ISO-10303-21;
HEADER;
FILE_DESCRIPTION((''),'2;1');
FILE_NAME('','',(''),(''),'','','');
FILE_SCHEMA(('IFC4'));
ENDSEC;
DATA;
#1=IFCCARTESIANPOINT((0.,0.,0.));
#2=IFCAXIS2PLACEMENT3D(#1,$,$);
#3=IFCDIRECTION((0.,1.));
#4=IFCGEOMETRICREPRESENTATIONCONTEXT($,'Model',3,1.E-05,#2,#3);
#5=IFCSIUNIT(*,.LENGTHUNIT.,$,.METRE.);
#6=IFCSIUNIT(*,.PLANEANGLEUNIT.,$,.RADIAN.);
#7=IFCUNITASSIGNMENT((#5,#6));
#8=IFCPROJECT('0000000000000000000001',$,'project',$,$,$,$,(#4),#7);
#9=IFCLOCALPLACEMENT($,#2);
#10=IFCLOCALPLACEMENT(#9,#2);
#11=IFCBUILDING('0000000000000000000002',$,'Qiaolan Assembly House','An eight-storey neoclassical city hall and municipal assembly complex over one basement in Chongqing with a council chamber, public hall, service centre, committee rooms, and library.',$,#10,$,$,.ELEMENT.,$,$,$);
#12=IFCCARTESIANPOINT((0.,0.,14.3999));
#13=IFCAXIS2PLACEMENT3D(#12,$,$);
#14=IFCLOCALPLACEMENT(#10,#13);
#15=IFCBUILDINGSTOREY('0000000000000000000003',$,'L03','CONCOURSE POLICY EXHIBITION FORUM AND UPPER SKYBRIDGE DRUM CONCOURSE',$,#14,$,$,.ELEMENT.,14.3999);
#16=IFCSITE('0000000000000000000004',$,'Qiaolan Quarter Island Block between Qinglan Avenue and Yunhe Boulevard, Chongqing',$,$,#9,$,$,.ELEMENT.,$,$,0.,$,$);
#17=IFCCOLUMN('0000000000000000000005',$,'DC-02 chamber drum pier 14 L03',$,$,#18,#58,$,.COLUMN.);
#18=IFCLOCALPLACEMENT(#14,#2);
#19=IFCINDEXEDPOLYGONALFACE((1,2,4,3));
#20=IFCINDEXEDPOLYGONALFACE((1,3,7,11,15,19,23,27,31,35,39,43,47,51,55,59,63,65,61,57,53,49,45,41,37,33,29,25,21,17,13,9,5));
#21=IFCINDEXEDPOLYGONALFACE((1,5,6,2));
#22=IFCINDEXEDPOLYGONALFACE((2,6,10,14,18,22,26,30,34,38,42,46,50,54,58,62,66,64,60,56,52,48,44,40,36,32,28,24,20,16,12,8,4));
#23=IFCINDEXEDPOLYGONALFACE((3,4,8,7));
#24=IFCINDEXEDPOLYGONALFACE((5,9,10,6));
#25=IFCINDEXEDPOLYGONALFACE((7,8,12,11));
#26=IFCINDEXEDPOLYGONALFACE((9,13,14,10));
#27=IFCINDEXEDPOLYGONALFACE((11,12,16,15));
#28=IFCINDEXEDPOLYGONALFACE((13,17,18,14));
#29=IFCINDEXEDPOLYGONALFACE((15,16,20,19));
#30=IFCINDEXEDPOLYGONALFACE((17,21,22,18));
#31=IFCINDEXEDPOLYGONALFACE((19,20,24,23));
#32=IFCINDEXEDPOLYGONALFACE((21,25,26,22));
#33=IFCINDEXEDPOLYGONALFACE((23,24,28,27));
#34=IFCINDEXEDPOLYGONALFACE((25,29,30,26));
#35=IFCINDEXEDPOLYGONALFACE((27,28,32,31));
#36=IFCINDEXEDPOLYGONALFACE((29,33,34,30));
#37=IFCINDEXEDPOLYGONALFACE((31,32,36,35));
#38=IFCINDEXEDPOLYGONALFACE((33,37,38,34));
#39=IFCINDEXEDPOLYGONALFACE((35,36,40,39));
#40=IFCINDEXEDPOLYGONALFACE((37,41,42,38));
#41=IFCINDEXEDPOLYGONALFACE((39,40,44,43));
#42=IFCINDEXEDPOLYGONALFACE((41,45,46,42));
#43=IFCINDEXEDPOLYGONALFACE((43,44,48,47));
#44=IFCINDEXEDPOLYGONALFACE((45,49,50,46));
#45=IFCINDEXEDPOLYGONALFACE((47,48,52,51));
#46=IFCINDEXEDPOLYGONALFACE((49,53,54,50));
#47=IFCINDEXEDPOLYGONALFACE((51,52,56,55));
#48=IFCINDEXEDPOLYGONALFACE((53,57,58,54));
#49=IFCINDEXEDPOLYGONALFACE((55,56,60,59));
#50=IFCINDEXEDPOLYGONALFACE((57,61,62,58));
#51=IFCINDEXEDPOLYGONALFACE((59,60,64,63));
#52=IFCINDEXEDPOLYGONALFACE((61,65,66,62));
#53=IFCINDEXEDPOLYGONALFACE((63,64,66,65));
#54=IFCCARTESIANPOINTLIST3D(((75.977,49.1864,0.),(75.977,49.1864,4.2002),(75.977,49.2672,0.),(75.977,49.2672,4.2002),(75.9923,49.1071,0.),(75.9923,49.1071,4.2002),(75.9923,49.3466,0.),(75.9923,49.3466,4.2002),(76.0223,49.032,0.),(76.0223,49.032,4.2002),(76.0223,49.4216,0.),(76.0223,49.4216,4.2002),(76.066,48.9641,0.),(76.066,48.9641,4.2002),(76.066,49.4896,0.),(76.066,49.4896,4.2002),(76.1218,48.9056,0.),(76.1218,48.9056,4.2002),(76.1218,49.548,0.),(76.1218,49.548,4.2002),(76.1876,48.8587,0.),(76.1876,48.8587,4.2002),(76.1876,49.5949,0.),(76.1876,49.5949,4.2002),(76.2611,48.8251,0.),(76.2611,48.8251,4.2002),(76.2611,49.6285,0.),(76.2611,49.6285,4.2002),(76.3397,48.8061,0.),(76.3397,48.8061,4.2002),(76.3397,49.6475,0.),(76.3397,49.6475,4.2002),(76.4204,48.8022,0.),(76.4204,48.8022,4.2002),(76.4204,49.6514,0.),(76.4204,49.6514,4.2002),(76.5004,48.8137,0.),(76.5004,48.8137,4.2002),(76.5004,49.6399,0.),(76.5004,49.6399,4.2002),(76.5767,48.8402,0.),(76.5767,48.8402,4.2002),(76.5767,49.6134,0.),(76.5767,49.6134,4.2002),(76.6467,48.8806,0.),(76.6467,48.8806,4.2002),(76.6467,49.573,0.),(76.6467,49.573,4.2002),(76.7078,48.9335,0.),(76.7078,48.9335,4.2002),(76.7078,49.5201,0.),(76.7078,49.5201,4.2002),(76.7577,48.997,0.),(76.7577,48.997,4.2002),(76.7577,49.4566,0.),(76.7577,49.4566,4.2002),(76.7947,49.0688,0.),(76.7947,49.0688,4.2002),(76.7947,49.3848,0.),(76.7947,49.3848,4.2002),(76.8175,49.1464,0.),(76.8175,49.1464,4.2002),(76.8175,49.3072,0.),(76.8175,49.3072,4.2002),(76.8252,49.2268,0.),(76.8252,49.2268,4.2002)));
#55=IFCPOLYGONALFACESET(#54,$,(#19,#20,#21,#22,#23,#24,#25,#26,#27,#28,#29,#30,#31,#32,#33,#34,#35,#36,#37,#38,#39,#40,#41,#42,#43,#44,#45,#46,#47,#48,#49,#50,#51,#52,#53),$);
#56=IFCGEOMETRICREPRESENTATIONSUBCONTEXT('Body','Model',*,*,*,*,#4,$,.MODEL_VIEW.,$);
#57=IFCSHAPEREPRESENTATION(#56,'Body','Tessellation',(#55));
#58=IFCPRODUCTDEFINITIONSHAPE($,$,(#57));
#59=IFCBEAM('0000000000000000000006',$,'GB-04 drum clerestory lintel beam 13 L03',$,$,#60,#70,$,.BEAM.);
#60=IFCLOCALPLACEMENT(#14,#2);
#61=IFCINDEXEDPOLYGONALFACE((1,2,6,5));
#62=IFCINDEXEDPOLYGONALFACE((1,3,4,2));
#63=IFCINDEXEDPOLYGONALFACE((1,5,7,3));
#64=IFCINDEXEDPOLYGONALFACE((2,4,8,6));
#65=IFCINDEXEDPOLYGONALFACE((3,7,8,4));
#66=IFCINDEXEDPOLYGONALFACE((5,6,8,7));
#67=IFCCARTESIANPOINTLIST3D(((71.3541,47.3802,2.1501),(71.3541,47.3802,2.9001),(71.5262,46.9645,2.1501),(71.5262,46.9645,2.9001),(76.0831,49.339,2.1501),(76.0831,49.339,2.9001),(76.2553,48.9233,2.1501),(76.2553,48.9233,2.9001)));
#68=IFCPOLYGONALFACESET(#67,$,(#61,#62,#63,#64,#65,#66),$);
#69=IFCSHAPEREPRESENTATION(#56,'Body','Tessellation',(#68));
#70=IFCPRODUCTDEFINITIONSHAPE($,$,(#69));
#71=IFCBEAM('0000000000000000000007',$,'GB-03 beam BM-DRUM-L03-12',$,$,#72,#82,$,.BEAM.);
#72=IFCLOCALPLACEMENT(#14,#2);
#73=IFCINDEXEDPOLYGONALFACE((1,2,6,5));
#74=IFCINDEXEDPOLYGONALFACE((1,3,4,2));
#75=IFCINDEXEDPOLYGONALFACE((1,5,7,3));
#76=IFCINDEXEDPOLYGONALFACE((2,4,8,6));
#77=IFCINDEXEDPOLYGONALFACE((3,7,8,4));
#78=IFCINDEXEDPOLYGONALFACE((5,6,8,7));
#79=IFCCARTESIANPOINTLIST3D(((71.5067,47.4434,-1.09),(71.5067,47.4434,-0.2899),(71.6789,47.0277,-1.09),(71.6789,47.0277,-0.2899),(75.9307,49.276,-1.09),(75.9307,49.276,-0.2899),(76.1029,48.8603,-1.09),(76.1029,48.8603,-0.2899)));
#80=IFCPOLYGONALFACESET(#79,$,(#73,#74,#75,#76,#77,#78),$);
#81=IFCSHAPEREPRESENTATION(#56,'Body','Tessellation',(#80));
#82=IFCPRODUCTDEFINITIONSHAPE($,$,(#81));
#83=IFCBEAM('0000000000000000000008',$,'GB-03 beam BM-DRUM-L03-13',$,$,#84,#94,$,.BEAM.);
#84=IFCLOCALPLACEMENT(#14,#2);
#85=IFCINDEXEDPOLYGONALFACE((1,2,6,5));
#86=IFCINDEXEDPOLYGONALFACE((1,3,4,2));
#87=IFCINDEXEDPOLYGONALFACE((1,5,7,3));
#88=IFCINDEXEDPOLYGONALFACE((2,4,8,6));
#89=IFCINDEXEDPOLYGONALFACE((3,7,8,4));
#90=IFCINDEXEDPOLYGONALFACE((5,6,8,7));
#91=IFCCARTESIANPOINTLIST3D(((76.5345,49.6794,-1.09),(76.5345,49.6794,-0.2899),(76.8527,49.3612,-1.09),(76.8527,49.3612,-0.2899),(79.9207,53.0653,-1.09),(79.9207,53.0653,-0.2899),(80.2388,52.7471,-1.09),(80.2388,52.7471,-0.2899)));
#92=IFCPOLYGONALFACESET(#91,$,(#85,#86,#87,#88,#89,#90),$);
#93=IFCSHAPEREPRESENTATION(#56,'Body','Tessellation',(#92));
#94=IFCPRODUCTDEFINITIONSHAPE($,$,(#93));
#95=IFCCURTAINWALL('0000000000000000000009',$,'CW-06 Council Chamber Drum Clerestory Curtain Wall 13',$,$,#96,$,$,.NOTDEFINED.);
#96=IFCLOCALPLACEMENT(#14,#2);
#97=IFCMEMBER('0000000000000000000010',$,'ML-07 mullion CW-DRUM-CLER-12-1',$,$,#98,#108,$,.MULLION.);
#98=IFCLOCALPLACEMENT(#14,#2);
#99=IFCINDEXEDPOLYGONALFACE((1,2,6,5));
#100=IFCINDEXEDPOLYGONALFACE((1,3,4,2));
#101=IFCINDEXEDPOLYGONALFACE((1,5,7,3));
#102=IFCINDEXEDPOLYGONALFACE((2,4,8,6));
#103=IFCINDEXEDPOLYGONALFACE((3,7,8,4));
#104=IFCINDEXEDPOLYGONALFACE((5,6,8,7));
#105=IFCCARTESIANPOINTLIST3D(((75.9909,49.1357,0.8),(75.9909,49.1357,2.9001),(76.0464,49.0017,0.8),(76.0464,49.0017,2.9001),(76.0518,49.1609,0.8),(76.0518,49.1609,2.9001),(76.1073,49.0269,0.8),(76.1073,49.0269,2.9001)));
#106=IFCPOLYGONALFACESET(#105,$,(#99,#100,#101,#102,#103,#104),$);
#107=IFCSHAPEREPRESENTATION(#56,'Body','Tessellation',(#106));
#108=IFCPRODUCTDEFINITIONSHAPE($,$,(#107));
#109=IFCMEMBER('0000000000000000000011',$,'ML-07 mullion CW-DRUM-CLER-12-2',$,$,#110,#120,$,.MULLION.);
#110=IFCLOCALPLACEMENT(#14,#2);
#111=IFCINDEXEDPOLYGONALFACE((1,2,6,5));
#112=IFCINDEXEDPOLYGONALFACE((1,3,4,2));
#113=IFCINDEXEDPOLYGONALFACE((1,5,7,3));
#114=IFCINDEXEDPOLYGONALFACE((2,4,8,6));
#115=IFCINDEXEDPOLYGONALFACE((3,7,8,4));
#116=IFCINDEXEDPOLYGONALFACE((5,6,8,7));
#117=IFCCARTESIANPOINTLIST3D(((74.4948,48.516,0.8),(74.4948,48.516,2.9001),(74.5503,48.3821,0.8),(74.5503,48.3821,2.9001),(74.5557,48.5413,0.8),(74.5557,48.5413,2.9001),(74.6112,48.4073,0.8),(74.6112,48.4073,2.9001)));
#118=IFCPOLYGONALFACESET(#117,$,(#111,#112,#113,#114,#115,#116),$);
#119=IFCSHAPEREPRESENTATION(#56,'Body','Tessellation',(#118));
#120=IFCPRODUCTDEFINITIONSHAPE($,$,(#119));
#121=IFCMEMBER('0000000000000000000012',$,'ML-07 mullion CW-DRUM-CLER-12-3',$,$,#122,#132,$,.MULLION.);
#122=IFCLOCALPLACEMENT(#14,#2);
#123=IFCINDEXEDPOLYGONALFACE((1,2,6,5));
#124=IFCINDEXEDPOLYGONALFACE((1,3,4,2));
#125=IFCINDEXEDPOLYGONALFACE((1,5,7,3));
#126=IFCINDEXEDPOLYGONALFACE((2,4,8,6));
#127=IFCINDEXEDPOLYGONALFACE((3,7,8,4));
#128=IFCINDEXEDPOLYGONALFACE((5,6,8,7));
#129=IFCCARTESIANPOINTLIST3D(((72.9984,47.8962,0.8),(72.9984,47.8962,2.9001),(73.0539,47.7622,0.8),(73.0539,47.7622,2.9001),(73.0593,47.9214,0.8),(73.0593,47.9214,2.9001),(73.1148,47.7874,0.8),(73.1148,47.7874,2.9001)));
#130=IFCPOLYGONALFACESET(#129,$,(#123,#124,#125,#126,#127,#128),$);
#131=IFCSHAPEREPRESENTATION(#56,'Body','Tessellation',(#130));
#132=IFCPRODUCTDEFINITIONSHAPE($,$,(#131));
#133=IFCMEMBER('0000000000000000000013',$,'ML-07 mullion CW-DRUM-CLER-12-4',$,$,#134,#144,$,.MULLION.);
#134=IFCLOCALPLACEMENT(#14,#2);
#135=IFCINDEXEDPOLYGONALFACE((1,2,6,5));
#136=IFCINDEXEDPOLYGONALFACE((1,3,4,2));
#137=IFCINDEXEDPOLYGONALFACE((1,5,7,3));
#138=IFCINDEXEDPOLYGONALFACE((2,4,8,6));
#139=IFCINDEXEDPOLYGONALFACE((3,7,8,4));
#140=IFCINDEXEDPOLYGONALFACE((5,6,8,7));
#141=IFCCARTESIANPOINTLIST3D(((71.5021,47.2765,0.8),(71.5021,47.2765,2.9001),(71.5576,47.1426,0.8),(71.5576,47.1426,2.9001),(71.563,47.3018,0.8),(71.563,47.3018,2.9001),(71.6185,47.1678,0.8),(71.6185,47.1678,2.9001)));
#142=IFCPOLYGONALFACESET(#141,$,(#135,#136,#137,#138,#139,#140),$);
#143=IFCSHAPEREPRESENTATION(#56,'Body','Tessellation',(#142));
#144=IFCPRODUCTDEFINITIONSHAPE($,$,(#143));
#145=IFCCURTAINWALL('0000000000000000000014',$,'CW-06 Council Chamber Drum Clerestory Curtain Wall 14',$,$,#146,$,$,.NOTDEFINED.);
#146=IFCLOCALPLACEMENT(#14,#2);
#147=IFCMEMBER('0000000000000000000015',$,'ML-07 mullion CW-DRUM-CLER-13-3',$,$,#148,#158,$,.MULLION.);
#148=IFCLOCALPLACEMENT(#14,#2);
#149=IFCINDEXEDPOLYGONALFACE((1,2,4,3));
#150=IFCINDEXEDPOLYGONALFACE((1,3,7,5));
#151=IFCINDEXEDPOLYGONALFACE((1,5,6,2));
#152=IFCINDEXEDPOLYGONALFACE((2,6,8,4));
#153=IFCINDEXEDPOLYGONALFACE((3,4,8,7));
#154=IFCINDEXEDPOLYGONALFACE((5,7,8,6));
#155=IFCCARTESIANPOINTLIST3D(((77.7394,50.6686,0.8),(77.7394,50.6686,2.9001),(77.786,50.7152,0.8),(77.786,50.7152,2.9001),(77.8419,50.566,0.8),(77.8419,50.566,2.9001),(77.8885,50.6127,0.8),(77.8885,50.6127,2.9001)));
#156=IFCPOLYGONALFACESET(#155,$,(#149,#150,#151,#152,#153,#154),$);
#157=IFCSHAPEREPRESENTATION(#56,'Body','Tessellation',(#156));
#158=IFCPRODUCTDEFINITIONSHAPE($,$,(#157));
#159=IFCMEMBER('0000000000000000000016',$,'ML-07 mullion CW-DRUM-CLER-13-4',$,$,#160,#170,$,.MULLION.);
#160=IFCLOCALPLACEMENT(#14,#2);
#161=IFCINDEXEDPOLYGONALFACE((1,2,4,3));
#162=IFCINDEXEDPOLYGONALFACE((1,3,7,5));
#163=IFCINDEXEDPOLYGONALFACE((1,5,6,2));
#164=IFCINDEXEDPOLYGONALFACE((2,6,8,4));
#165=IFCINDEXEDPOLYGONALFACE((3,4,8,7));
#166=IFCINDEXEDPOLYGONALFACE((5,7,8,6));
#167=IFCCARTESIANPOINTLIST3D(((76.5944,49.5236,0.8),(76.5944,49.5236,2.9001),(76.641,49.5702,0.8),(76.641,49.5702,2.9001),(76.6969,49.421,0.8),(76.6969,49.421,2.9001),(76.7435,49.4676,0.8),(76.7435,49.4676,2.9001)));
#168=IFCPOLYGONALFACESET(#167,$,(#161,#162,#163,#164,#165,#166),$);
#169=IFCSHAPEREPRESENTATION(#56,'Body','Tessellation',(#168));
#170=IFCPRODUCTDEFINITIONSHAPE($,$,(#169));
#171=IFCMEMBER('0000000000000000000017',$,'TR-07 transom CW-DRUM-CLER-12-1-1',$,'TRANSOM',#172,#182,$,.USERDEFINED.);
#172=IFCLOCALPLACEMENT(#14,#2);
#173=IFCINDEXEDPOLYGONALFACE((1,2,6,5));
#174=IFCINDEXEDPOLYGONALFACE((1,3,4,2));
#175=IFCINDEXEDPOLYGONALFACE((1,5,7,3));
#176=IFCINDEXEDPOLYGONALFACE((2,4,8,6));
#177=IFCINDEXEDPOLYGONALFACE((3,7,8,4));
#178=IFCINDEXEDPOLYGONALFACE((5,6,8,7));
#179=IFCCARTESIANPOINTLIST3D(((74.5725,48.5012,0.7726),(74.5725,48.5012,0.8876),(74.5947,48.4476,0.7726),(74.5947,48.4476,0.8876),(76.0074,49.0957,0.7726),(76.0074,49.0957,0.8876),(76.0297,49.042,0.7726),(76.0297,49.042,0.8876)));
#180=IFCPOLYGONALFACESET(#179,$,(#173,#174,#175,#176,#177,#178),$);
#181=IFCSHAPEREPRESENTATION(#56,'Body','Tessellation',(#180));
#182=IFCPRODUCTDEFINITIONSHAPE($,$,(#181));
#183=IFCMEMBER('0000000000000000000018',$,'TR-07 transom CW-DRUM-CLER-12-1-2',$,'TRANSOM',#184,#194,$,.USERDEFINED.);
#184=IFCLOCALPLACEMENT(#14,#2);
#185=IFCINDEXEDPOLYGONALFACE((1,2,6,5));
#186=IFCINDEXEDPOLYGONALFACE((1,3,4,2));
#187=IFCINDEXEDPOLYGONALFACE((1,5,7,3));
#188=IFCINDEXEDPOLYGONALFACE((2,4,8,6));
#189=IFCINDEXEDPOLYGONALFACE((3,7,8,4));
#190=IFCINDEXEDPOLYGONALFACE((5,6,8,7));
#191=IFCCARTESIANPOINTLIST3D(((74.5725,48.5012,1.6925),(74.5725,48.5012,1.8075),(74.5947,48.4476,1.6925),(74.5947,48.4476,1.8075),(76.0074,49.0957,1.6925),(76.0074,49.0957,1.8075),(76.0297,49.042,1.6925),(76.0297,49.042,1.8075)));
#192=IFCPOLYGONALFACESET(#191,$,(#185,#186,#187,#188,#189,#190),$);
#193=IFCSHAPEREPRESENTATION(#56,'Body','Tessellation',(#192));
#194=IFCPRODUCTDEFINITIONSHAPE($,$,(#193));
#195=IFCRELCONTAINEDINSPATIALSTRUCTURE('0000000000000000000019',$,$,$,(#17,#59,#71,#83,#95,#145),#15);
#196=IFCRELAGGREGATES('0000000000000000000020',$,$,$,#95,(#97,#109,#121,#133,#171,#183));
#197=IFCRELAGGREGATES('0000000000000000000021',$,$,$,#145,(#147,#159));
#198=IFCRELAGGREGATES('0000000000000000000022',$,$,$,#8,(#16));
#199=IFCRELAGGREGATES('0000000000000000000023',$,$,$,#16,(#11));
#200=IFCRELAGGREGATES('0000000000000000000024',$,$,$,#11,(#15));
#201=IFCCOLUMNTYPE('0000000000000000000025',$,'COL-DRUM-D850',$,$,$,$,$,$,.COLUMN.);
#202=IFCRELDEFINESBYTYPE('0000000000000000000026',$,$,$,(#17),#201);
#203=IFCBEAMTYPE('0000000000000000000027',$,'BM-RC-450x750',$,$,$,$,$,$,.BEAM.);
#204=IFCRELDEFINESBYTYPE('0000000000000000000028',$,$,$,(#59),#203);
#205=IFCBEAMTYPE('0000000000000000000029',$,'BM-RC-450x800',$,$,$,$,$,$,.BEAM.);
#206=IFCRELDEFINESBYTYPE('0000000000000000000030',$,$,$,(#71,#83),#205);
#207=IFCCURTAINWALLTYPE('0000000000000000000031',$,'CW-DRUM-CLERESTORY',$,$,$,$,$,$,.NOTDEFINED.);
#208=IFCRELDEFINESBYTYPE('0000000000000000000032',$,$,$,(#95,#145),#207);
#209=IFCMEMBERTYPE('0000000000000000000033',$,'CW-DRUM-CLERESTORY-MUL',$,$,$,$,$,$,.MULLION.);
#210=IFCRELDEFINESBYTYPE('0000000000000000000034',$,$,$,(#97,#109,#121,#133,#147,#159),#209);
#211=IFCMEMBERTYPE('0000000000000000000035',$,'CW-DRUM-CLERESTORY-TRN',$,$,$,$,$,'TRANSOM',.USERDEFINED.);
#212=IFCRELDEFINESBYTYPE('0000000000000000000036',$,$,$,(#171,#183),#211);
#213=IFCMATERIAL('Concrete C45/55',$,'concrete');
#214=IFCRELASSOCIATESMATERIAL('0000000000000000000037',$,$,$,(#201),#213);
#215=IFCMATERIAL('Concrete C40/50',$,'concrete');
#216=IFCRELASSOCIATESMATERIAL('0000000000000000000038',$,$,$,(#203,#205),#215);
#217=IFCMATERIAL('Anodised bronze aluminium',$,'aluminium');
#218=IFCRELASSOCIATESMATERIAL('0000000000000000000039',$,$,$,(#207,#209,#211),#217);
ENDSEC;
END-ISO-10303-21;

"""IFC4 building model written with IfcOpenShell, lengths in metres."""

from ifc_helpers import new_model, si_unit, direction, frame, origin, origin_2d, place, context, subcontext, project, spatial, rectangle, circle, extrude, material, material_profile, profile_set, type_object, element, aggregate, save


model = new_model("IFC4")

# Units and contexts
model_context = context("Model", 3, precision=1e-05, world=origin(), true_north=direction((0.0, 1.0)))
body_context = subcontext(model_context, "Body", "Model", "MODEL_VIEW")
ifc_project = project(units=[si_unit("LENGTHUNIT", "METRE"), si_unit("PLANEANGLEUNIT", "RADIAN")], contexts=[model_context])

# Site, building, storey
site_placement = place(None, origin())
site = spatial("IfcSite", under=ifc_project, at=site_placement, Name="Qiaolan Quarter Island Block between Qinglan Avenue and Yunhe Boulevard, Chongqing", CompositionType="ELEMENT", RefElevation=0.0)
building_placement = place(site_placement, origin())
building = spatial("IfcBuilding", under=site, at=building_placement, Name="Qiaolan Assembly House", Description="An eight-storey neoclassical city hall and municipal assembly complex over one basement in Chongqing with a council chamber, public hall, service centre, committee rooms, and library.", CompositionType="ELEMENT")
storey_placement = place(building_placement, frame((0.0, 0.0, 14.3999)))
storey = spatial("IfcBuildingStorey", under=building, at=storey_placement, Name="L03", Description="CONCOURSE POLICY EXHIBITION FORUM AND UPPER SKYBRIDGE DRUM CONCOURSE", CompositionType="ELEMENT", Elevation=14.3999)

# Column
ifc_material_1 = material(Name="Concrete C45/55", Category="concrete")
ifc_material_profile_1 = material_profile(ifc_material_1, circle(Radius=0.425, at=origin_2d()), Name="CIRC D850")
ifc_profile_set_1 = profile_set([ifc_material_profile_1], Name="Concrete C45/55")
column_type = type_object("IfcColumnType", Name="COL-DRUM-D850", PredefinedType="COLUMN", material=ifc_profile_set_1)
column_placement = place(storey_placement, frame((76.4001, 49.2268, 0.0), z_axis=(0.0, 0.0, 1.0), x_axis=(1.0, 0.0, 0.0)))
element("IfcColumn", 1, at=column_placement, inside=storey, type_object=column_type, Name="DC-02 chamber drum pier 14 L03", PredefinedType="COLUMN", context=body_context, shape_type="SweptSolid", body=[
    extrude(circle(Radius=0.425, at=origin_2d()), origin(), (0.0, 0.0, 1.0), 4.2002),
])

# Beams
ifc_material_2 = material(Name="Concrete C40/50", Category="concrete")
ifc_material_profile_2 = material_profile(ifc_material_2, rectangle(XDim=0.45, YDim=0.75, at=origin_2d()), Name="RCB 450x750")
ifc_profile_set_2 = profile_set([ifc_material_profile_2], Name="Concrete C40/50")
beam_type_1 = type_object("IfcBeamType", Name="BM-RC-450x750", PredefinedType="BEAM", material=ifc_profile_set_2)
beam_placement = place(storey_placement, frame((76.1692, 49.1311, 2.5251), z_axis=(-0.923885, -0.382671, 0.0), x_axis=(0.382671, -0.923885, 0.0)))
element("IfcBeam", 2, at=beam_placement, inside=storey, type_object=beam_type_1, Name="GB-04 drum clerestory lintel beam 13 L03", PredefinedType="BEAM", context=body_context, shape_type="SweptSolid", body=[
    extrude(rectangle(XDim=0.45, YDim=0.75, at=origin_2d()), origin(), (0.0, 0.0, 1.0), 5.1187),
])
ifc_material_profile_3 = material_profile(ifc_material_2, rectangle(XDim=0.45, YDim=0.8, at=origin_2d()), Name="RCB 450x800")
ifc_profile_set_3 = profile_set([ifc_material_profile_3], Name="Concrete C40/50")
beam_type_2 = type_object("IfcBeamType", Name="BM-RC-450x800", PredefinedType="BEAM", material=ifc_profile_set_3)
for number, where, z_axis, x_axis, name in (
    (3, (71.5928, 47.2356, -0.6899), (0.923879, 0.382685, 0.0), (-0.382685, 0.923879, 0.0), "GB-03 beam BM-DRUM-L03-12"),
    (4, (76.6936, 49.5203, -0.6899), (0.707132, 0.707081, 0.0), (-0.707081, 0.707132, 0.0), "GB-03 beam BM-DRUM-L03-13"),
):
    element("IfcBeam", number, at=place(storey_placement, frame(where, z_axis=z_axis, x_axis=x_axis)), inside=storey, type_object=beam_type_2, Name=name, PredefinedType="BEAM", context=body_context, shape_type="SweptSolid", body=[
        extrude(rectangle(XDim=0.45, YDim=0.8, at=origin_2d()), origin(), (0.0, 0.0, 1.0), 4.7886),
    ])

# Curtain walls, members
ifc_material_3 = material(Name="Anodised bronze aluminium", Category="aluminium")
curtain_wall_type = type_object("IfcCurtainWallType", Name="CW-DRUM-CLERESTORY", PredefinedType="NOTDEFINED", material=ifc_material_3)
curtain_wall_1_placement = place(storey_placement, origin())
curtain_wall_1 = element("IfcCurtainWall", 5, at=curtain_wall_1_placement, inside=storey, type_object=curtain_wall_type, Name="CW-06 Council Chamber Drum Clerestory Curtain Wall 13", PredefinedType="NOTDEFINED")
ifc_material_profile_4 = material_profile(ifc_material_3, rectangle(XDim=0.0659, YDim=0.145, at=origin_2d()), Name="MUL 66x145")
ifc_profile_set_4 = profile_set([ifc_material_profile_4], Name="Anodised bronze aluminium")
member_type_1 = type_object("IfcMemberType", Name="CW-DRUM-CLERESTORY-MUL", PredefinedType="MULLION", material=ifc_profile_set_4)
member_1_placement = place(storey_placement, frame((76.0491, 49.0813, 0.8), z_axis=(0.0, 0.0, 1.0), x_axis=(-0.92388, -0.382683, 0.0)))
member_1 = element("IfcMember", 6, at=member_1_placement, type_object=member_type_1, Name="ML-07 mullion CW-DRUM-CLER-12-1", PredefinedType="MULLION", context=body_context, shape_type="SweptSolid", body=[
    extrude(rectangle(XDim=0.0659, YDim=0.145, at=origin_2d()), origin(), (0.0, 0.0, 1.0), 2.1001),
])
member_2_placement = place(storey_placement, frame((74.553, 48.4617, 0.8), z_axis=(0.0, 0.0, 1.0), x_axis=(-0.92388, -0.382683, 0.0)))
member_2 = element("IfcMember", 7, at=member_2_placement, type_object=member_type_1, Name="ML-07 mullion CW-DRUM-CLER-12-2", PredefinedType="MULLION", context=body_context, shape_type="SweptSolid", body=[
    extrude(rectangle(XDim=0.0659, YDim=0.145, at=origin_2d()), origin(), (0.0, 0.0, 1.0), 2.1001),
])
member_3_placement = place(storey_placement, frame((73.0566, 47.8418, 0.8), z_axis=(0.0, 0.0, 1.0), x_axis=(-0.92388, -0.382683, 0.0)))
member_3 = element("IfcMember", 8, at=member_3_placement, type_object=member_type_1, Name="ML-07 mullion CW-DRUM-CLER-12-3", PredefinedType="MULLION", context=body_context, shape_type="SweptSolid", body=[
    extrude(rectangle(XDim=0.0659, YDim=0.145, at=origin_2d()), origin(), (0.0, 0.0, 1.0), 2.1001),
])
member_4_placement = place(storey_placement, frame((71.5603, 47.2222, 0.8), z_axis=(0.0, 0.0, 1.0), x_axis=(-0.92388, -0.382683, 0.0)))
member_4 = element("IfcMember", 9, at=member_4_placement, type_object=member_type_1, Name="ML-07 mullion CW-DRUM-CLER-12-4", PredefinedType="MULLION", context=body_context, shape_type="SweptSolid", body=[
    extrude(rectangle(XDim=0.0659, YDim=0.145, at=origin_2d()), origin(), (0.0, 0.0, 1.0), 2.1001),
])
curtain_wall_2_placement = place(storey_placement, origin())
curtain_wall_2 = element("IfcCurtainWall", 10, at=curtain_wall_2_placement, inside=storey, type_object=curtain_wall_type, Name="CW-06 Council Chamber Drum Clerestory Curtain Wall 14", PredefinedType="NOTDEFINED")
member_5_placement = place(storey_placement, frame((77.814, 50.6406, 0.8), z_axis=(0.0, 0.0, 1.0), x_axis=(-0.707107, -0.707107, 0.0)))
member_5 = element("IfcMember", 11, at=member_5_placement, type_object=member_type_1, Name="ML-07 mullion CW-DRUM-CLER-13-3", PredefinedType="MULLION", context=body_context, shape_type="SweptSolid", body=[
    extrude(rectangle(XDim=0.0659, YDim=0.145, at=origin_2d()), origin(), (0.0, 0.0, 1.0), 2.1001),
])
member_6_placement = place(storey_placement, frame((76.6689, 49.4956, 0.8), z_axis=(0.0, 0.0, 1.0), x_axis=(-0.707107, -0.707107, 0.0)))
member_6 = element("IfcMember", 12, at=member_6_placement, type_object=member_type_1, Name="ML-07 mullion CW-DRUM-CLER-13-4", PredefinedType="MULLION", context=body_context, shape_type="SweptSolid", body=[
    extrude(rectangle(XDim=0.0659, YDim=0.145, at=origin_2d()), origin(), (0.0, 0.0, 1.0), 2.1001),
])

# Members
ifc_material_profile_5 = material_profile(ifc_material_3, rectangle(XDim=0.0581, YDim=0.115, at=origin_2d()), Name="TRN 58x115")
ifc_profile_set_5 = profile_set([ifc_material_profile_5], Name="Anodised bronze aluminium")
member_type_2 = type_object("IfcMemberType", Name="CW-DRUM-CLERESTORY-TRN", ElementType="TRANSOM", PredefinedType="USERDEFINED", material=ifc_profile_set_5)
member_7_placement = place(storey_placement, frame((76.0186, 49.0688, 0.8301), z_axis=(-0.923865, -0.382717, 0.0), x_axis=(0.382717, -0.923865, 0.0)))
member_7 = element("IfcMember", 13, at=member_7_placement, type_object=member_type_2, Name="TR-07 transom CW-DRUM-CLER-12-1-1", ObjectType="TRANSOM", PredefinedType="USERDEFINED", context=body_context, shape_type="SweptSolid", body=[
    extrude(rectangle(XDim=0.0581, YDim=0.115, at=origin_2d()), origin(), (0.0, 0.0, 1.0), 1.5532),
])
member_8_placement = place(storey_placement, frame((76.0186, 49.0688, 1.75), z_axis=(-0.923865, -0.382717, 0.0), x_axis=(0.382717, -0.923865, 0.0)))
member_8 = element("IfcMember", 14, at=member_8_placement, type_object=member_type_2, Name="TR-07 transom CW-DRUM-CLER-12-1-2", ObjectType="TRANSOM", PredefinedType="USERDEFINED", context=body_context, shape_type="SweptSolid", body=[
    extrude(rectangle(XDim=0.0581, YDim=0.115, at=origin_2d()), origin(), (0.0, 0.0, 1.0), 1.5532),
])

aggregate(curtain_wall_1, [member_1, member_2, member_3, member_4, member_7, member_8])
aggregate(curtain_wall_2, [member_5, member_6])

save(model, "model.ifc")
